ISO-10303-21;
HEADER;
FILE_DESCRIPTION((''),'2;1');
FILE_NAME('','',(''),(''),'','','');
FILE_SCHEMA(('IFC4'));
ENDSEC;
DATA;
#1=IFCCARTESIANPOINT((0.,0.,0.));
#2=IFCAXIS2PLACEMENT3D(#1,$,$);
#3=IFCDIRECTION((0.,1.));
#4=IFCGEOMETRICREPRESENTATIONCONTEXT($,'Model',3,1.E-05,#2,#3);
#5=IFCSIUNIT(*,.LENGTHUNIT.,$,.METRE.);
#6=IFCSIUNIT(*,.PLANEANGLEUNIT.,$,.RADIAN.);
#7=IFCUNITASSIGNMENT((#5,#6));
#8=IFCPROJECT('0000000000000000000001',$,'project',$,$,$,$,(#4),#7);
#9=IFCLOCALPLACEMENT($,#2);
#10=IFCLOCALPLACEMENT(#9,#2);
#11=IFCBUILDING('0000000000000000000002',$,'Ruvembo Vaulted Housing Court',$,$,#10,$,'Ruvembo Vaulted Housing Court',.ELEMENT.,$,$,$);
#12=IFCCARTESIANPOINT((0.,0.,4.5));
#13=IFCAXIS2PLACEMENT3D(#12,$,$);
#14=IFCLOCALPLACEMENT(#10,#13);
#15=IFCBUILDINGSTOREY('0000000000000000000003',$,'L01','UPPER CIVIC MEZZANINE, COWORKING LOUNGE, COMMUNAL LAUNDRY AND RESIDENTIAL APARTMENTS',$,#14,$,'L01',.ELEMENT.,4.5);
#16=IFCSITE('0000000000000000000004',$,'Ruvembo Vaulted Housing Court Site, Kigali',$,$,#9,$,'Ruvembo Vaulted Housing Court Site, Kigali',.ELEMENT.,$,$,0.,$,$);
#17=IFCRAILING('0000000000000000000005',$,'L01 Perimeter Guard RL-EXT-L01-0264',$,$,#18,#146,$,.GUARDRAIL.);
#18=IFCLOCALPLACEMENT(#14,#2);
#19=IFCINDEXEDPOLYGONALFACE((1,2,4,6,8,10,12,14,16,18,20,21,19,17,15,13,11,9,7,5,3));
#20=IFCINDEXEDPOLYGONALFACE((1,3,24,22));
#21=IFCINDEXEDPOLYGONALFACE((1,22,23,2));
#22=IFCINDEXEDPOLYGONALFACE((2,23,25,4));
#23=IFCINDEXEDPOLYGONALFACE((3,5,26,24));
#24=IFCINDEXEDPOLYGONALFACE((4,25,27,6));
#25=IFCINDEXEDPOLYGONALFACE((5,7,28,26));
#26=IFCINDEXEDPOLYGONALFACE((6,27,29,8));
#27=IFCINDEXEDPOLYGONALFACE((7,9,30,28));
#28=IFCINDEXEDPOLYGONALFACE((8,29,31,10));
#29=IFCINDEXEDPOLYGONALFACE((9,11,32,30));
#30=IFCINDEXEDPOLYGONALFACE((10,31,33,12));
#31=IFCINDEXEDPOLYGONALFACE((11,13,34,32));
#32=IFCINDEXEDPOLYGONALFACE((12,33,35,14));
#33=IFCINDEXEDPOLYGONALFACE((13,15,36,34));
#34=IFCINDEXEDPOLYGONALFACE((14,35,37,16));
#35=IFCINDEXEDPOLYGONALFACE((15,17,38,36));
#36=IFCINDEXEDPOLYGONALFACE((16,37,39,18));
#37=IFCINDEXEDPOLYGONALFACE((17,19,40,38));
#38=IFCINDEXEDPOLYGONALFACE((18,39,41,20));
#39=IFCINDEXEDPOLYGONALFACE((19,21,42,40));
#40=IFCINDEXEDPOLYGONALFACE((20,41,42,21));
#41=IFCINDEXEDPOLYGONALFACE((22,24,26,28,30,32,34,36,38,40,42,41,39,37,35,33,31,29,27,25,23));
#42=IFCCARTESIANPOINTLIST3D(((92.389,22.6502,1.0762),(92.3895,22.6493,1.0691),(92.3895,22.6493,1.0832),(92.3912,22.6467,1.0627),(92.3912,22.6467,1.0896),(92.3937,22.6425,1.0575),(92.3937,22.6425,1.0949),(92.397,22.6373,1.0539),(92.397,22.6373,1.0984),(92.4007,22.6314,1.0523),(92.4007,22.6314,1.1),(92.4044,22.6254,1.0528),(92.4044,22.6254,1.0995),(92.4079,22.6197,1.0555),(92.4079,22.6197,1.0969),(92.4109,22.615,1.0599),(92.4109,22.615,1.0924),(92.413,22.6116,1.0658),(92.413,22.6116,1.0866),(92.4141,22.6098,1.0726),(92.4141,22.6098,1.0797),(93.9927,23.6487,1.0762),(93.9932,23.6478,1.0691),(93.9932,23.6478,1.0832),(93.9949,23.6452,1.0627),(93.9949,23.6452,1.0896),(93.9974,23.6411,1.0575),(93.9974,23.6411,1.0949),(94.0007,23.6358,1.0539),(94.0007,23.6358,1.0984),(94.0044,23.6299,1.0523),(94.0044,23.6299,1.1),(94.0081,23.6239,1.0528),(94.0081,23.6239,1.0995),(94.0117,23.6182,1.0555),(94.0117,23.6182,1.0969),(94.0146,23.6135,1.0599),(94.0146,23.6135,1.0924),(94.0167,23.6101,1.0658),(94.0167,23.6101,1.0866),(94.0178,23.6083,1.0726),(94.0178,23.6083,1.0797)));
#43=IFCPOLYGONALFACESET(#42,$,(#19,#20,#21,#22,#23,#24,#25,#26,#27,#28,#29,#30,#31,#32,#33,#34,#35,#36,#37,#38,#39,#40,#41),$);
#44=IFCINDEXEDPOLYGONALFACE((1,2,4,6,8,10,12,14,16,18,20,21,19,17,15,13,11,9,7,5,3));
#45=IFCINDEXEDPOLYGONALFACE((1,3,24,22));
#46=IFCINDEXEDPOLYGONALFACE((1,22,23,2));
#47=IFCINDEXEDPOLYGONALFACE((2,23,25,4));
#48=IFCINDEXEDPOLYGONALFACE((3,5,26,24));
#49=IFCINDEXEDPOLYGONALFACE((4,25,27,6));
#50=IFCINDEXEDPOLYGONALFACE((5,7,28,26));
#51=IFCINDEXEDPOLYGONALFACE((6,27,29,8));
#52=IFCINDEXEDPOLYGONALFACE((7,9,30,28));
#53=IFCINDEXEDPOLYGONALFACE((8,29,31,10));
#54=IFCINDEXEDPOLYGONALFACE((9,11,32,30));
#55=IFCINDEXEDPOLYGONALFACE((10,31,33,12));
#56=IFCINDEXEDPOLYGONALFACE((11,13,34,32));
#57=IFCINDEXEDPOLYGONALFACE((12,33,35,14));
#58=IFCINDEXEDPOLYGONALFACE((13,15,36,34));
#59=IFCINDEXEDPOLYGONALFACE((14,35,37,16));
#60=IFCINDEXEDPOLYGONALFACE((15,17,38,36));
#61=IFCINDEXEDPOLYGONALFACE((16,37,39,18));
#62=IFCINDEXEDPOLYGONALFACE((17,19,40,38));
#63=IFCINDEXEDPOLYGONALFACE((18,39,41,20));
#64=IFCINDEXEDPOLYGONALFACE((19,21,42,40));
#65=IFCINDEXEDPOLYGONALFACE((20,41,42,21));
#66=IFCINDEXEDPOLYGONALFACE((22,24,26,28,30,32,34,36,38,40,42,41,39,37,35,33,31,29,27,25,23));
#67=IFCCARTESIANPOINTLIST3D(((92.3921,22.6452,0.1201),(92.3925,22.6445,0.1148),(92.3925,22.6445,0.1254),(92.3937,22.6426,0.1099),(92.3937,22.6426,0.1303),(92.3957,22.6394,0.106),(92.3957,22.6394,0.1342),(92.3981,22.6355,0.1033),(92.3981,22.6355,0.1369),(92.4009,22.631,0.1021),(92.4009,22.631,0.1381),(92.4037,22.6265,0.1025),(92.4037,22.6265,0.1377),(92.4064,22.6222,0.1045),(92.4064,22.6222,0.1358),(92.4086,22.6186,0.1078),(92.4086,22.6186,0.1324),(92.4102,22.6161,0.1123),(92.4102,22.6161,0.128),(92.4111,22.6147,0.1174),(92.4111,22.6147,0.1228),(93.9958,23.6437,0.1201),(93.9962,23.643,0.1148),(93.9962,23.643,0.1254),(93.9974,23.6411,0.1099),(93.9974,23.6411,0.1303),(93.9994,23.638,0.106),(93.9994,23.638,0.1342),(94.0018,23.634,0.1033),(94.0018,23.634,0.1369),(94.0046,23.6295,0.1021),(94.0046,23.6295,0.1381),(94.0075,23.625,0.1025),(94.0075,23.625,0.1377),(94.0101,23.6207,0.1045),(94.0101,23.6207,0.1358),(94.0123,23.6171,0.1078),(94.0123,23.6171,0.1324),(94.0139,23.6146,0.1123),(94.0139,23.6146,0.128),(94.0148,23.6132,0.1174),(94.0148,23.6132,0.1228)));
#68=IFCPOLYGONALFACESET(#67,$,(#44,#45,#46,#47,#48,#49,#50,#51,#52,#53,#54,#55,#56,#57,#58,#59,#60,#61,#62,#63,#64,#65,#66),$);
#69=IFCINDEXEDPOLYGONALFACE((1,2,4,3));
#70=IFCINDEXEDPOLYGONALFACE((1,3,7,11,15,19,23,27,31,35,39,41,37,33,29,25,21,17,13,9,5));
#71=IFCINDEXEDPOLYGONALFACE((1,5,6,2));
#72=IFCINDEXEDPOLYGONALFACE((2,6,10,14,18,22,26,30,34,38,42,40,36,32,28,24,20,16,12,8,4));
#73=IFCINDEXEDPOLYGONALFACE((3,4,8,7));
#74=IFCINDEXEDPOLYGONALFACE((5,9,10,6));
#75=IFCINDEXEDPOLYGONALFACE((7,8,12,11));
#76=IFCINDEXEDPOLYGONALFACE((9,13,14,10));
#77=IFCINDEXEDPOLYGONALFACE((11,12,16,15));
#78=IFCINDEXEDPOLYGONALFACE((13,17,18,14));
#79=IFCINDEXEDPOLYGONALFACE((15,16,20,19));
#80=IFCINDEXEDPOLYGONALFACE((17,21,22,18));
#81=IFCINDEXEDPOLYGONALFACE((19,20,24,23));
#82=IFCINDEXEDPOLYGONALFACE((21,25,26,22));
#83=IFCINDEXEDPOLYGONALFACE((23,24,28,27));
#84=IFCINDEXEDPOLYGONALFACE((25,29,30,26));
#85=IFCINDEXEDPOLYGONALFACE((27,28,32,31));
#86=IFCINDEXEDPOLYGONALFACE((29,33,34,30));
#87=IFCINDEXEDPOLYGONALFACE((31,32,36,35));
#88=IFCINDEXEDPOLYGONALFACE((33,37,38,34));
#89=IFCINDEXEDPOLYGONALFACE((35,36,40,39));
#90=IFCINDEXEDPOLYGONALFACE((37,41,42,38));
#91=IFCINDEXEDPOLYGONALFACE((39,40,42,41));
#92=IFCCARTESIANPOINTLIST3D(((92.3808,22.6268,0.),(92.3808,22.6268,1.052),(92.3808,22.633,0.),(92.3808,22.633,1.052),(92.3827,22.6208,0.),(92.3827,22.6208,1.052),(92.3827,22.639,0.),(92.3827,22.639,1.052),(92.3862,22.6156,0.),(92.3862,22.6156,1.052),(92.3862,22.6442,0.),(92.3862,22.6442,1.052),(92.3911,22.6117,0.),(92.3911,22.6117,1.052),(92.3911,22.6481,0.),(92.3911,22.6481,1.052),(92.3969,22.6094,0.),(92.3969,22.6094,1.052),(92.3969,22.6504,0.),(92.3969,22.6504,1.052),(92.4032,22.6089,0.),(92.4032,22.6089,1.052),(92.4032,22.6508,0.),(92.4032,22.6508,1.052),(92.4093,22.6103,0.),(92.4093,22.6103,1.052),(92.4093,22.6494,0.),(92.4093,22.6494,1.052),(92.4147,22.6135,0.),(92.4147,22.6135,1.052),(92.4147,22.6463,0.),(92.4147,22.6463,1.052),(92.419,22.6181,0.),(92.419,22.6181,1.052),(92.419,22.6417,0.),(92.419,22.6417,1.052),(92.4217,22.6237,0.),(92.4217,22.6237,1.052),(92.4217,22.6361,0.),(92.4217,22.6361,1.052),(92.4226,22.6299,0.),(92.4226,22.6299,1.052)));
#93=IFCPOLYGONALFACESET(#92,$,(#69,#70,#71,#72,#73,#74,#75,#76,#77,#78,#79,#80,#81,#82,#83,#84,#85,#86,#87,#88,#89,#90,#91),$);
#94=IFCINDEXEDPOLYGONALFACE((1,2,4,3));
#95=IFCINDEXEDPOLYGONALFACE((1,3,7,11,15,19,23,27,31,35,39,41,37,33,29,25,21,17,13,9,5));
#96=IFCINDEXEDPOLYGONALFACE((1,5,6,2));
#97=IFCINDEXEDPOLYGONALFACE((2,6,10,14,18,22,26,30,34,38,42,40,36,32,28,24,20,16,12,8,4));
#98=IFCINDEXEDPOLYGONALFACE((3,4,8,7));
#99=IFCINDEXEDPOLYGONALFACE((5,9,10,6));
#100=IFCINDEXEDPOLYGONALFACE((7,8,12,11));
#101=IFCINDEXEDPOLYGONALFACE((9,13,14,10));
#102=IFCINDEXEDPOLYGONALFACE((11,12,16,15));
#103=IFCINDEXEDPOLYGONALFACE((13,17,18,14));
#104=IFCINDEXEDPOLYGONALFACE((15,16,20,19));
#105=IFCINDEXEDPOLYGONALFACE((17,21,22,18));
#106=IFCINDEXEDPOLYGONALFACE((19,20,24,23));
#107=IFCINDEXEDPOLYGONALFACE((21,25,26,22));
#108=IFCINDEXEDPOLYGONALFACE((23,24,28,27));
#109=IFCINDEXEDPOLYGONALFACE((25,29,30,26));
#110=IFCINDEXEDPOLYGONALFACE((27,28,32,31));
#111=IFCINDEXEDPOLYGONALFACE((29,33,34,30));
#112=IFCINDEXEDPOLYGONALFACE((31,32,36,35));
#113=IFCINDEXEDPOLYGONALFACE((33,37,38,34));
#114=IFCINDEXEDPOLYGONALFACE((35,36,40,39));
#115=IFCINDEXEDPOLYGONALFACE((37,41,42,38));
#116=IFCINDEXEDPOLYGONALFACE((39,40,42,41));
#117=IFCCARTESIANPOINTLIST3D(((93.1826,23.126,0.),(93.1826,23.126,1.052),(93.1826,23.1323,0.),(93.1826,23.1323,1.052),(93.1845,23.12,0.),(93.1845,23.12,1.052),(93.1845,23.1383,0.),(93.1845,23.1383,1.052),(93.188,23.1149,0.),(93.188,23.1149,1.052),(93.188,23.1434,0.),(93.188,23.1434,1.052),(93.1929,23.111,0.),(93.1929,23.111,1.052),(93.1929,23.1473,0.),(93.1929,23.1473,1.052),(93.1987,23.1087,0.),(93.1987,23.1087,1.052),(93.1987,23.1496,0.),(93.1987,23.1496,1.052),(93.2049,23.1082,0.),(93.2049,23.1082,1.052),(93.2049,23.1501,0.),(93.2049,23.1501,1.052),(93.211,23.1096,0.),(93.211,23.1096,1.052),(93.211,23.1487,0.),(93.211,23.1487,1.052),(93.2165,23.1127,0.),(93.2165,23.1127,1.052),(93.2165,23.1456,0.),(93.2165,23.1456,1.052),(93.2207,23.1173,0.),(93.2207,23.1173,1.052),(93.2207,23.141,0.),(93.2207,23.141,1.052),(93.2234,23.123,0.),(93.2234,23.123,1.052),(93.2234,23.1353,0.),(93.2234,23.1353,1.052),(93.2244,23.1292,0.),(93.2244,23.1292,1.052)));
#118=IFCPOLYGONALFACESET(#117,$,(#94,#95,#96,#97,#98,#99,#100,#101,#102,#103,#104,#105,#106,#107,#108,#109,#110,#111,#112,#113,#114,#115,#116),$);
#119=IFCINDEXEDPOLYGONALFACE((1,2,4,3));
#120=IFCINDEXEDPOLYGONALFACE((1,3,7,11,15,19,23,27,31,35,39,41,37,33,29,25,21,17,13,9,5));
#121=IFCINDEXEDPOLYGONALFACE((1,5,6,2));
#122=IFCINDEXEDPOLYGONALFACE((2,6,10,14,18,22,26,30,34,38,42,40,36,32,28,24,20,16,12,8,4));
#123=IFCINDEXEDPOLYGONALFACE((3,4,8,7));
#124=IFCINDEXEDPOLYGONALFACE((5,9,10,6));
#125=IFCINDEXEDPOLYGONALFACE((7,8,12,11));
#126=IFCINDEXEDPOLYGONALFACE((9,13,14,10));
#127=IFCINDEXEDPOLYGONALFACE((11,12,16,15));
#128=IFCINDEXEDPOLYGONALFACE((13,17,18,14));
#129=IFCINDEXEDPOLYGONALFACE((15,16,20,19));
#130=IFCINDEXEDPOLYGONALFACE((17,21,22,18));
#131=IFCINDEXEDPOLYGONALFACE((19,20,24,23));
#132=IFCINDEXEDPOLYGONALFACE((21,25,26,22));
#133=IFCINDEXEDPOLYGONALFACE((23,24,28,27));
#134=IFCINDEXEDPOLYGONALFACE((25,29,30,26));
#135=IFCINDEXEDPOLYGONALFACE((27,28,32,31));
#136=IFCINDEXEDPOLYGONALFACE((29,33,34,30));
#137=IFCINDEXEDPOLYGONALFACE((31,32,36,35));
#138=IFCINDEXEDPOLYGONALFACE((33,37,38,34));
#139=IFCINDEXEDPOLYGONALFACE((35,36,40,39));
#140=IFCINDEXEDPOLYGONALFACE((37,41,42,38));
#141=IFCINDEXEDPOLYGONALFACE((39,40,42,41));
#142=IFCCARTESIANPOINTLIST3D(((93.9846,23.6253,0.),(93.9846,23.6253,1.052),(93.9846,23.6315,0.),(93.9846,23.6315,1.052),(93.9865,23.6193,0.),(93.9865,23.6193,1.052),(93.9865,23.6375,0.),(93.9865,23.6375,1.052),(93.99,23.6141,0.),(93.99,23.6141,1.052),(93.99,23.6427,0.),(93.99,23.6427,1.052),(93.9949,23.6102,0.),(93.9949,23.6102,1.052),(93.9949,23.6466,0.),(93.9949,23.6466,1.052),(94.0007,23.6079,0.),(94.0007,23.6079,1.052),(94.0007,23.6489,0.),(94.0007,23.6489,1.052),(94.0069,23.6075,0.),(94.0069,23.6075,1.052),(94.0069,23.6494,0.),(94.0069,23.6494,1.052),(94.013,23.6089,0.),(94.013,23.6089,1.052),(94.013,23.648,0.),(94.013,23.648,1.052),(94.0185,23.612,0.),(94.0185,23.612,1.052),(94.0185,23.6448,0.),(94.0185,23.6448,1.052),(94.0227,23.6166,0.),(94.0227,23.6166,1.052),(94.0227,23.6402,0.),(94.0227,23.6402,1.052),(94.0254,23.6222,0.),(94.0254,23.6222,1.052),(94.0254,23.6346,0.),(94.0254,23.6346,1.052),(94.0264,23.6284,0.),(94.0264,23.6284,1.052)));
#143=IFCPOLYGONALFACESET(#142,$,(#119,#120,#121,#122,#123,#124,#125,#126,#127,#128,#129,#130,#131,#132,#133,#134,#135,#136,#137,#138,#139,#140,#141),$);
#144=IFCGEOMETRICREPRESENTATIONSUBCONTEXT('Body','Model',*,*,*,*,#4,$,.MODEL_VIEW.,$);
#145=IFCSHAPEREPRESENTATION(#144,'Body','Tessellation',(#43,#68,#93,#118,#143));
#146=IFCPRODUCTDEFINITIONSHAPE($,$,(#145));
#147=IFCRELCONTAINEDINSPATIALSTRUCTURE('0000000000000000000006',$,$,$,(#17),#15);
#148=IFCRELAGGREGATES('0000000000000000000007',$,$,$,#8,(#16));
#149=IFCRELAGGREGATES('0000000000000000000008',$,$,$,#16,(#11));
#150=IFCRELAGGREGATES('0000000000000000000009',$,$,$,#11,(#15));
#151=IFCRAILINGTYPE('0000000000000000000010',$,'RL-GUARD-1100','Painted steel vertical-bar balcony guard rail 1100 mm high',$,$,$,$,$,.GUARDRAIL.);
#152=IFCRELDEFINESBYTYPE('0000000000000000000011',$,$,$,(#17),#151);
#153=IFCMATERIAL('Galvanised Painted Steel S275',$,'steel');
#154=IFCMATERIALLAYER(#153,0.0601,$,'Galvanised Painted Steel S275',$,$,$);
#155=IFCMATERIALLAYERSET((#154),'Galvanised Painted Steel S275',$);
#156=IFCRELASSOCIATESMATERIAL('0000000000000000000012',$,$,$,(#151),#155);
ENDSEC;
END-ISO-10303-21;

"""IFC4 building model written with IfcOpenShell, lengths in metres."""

from ifc_helpers import new_model, si_unit, direction, frame, origin, origin_2d, place, context, subcontext, project, spatial, circle, extrude, material, layer, layer_set, type_object, element, save


model = new_model("IFC4")

# Units and contexts
model_context = context("Model", 3, precision=1e-05, world=origin(), true_north=direction((0.0, 1.0)))
body_context = subcontext(model_context, "Body", "Model", "MODEL_VIEW")
ifc_project = project(units=[si_unit("LENGTHUNIT", "METRE"), si_unit("PLANEANGLEUNIT", "RADIAN")], contexts=[model_context])

# Site, building, storey
site_placement = place(None, origin())
site = spatial("IfcSite", under=ifc_project, at=site_placement, Name="Ruvembo Vaulted Housing Court Site, Kigali", LongName="Ruvembo Vaulted Housing Court Site, Kigali", CompositionType="ELEMENT", RefElevation=0.0)
building_placement = place(site_placement, origin())
building = spatial("IfcBuilding", under=site, at=building_placement, Name="Ruvembo Vaulted Housing Court", LongName="Ruvembo Vaulted Housing Court", CompositionType="ELEMENT")
storey_placement = place(building_placement, frame((0.0, 0.0, 4.5)))
storey = spatial("IfcBuildingStorey", under=building, at=storey_placement, Name="L01", Description="UPPER CIVIC MEZZANINE, COWORKING LOUNGE, COMMUNAL LAUNDRY AND RESIDENTIAL APARTMENTS", LongName="L01", CompositionType="ELEMENT", Elevation=4.5)

# Railing
ifc_material_1 = material(Name="Galvanised Painted Steel S275", Category="steel")
ifc_layer_1 = layer(ifc_material_1, 0.0601, Name="Galvanised Painted Steel S275")
ifc_layer_set_1 = layer_set([ifc_layer_1], Name="Galvanised Painted Steel S275")
railing_type = type_object("IfcRailingType", Name="RL-GUARD-1100", Description="Painted steel vertical-bar balcony guard rail 1100 mm high", PredefinedType="GUARDRAIL", material=ifc_layer_set_1)
railing_1_placement = place(storey_placement, frame((92.4016, 22.6299, 0.0)))
element("IfcRailing", 1, at=railing_1_placement, inside=storey, type_object=railing_type, Name="L01 Perimeter Guard RL-EXT-L01-0264", PredefinedType="GUARDRAIL", context=body_context, shape_type="SweptSolid", body=[
    extrude(circle(Radius=0.0239, at=origin_2d()), frame((0.0, 0.0, 1.0762), z_axis=(0.848905, 0.528546, 0.0), x_axis=(-0.528546, 0.848905, 0.0)), (0.0, 0.0, 1.0), 1.8892),
    extrude(circle(Radius=0.0181, at=origin_2d()), frame((0.0, 0.0, 0.1201), z_axis=(0.848905, 0.528546, 0.0), x_axis=(-0.528546, 0.848905, 0.0)), (0.0, 0.0, 1.0), 1.8892),
    extrude(circle(Radius=0.021, at=origin_2d()), origin(), (0.0, 0.0, 1.0), 1.052),
    extrude(circle(Radius=0.021, at=origin_2d()), frame((0.8018, 0.4993, 0.0)), (0.0, 0.0, 1.0), 1.052),
    extrude(circle(Radius=0.021, at=origin_2d()), frame((1.6038, 0.9985, 0.0)), (0.0, 0.0, 1.0), 1.052),
])

save(model, "model.ifc")
